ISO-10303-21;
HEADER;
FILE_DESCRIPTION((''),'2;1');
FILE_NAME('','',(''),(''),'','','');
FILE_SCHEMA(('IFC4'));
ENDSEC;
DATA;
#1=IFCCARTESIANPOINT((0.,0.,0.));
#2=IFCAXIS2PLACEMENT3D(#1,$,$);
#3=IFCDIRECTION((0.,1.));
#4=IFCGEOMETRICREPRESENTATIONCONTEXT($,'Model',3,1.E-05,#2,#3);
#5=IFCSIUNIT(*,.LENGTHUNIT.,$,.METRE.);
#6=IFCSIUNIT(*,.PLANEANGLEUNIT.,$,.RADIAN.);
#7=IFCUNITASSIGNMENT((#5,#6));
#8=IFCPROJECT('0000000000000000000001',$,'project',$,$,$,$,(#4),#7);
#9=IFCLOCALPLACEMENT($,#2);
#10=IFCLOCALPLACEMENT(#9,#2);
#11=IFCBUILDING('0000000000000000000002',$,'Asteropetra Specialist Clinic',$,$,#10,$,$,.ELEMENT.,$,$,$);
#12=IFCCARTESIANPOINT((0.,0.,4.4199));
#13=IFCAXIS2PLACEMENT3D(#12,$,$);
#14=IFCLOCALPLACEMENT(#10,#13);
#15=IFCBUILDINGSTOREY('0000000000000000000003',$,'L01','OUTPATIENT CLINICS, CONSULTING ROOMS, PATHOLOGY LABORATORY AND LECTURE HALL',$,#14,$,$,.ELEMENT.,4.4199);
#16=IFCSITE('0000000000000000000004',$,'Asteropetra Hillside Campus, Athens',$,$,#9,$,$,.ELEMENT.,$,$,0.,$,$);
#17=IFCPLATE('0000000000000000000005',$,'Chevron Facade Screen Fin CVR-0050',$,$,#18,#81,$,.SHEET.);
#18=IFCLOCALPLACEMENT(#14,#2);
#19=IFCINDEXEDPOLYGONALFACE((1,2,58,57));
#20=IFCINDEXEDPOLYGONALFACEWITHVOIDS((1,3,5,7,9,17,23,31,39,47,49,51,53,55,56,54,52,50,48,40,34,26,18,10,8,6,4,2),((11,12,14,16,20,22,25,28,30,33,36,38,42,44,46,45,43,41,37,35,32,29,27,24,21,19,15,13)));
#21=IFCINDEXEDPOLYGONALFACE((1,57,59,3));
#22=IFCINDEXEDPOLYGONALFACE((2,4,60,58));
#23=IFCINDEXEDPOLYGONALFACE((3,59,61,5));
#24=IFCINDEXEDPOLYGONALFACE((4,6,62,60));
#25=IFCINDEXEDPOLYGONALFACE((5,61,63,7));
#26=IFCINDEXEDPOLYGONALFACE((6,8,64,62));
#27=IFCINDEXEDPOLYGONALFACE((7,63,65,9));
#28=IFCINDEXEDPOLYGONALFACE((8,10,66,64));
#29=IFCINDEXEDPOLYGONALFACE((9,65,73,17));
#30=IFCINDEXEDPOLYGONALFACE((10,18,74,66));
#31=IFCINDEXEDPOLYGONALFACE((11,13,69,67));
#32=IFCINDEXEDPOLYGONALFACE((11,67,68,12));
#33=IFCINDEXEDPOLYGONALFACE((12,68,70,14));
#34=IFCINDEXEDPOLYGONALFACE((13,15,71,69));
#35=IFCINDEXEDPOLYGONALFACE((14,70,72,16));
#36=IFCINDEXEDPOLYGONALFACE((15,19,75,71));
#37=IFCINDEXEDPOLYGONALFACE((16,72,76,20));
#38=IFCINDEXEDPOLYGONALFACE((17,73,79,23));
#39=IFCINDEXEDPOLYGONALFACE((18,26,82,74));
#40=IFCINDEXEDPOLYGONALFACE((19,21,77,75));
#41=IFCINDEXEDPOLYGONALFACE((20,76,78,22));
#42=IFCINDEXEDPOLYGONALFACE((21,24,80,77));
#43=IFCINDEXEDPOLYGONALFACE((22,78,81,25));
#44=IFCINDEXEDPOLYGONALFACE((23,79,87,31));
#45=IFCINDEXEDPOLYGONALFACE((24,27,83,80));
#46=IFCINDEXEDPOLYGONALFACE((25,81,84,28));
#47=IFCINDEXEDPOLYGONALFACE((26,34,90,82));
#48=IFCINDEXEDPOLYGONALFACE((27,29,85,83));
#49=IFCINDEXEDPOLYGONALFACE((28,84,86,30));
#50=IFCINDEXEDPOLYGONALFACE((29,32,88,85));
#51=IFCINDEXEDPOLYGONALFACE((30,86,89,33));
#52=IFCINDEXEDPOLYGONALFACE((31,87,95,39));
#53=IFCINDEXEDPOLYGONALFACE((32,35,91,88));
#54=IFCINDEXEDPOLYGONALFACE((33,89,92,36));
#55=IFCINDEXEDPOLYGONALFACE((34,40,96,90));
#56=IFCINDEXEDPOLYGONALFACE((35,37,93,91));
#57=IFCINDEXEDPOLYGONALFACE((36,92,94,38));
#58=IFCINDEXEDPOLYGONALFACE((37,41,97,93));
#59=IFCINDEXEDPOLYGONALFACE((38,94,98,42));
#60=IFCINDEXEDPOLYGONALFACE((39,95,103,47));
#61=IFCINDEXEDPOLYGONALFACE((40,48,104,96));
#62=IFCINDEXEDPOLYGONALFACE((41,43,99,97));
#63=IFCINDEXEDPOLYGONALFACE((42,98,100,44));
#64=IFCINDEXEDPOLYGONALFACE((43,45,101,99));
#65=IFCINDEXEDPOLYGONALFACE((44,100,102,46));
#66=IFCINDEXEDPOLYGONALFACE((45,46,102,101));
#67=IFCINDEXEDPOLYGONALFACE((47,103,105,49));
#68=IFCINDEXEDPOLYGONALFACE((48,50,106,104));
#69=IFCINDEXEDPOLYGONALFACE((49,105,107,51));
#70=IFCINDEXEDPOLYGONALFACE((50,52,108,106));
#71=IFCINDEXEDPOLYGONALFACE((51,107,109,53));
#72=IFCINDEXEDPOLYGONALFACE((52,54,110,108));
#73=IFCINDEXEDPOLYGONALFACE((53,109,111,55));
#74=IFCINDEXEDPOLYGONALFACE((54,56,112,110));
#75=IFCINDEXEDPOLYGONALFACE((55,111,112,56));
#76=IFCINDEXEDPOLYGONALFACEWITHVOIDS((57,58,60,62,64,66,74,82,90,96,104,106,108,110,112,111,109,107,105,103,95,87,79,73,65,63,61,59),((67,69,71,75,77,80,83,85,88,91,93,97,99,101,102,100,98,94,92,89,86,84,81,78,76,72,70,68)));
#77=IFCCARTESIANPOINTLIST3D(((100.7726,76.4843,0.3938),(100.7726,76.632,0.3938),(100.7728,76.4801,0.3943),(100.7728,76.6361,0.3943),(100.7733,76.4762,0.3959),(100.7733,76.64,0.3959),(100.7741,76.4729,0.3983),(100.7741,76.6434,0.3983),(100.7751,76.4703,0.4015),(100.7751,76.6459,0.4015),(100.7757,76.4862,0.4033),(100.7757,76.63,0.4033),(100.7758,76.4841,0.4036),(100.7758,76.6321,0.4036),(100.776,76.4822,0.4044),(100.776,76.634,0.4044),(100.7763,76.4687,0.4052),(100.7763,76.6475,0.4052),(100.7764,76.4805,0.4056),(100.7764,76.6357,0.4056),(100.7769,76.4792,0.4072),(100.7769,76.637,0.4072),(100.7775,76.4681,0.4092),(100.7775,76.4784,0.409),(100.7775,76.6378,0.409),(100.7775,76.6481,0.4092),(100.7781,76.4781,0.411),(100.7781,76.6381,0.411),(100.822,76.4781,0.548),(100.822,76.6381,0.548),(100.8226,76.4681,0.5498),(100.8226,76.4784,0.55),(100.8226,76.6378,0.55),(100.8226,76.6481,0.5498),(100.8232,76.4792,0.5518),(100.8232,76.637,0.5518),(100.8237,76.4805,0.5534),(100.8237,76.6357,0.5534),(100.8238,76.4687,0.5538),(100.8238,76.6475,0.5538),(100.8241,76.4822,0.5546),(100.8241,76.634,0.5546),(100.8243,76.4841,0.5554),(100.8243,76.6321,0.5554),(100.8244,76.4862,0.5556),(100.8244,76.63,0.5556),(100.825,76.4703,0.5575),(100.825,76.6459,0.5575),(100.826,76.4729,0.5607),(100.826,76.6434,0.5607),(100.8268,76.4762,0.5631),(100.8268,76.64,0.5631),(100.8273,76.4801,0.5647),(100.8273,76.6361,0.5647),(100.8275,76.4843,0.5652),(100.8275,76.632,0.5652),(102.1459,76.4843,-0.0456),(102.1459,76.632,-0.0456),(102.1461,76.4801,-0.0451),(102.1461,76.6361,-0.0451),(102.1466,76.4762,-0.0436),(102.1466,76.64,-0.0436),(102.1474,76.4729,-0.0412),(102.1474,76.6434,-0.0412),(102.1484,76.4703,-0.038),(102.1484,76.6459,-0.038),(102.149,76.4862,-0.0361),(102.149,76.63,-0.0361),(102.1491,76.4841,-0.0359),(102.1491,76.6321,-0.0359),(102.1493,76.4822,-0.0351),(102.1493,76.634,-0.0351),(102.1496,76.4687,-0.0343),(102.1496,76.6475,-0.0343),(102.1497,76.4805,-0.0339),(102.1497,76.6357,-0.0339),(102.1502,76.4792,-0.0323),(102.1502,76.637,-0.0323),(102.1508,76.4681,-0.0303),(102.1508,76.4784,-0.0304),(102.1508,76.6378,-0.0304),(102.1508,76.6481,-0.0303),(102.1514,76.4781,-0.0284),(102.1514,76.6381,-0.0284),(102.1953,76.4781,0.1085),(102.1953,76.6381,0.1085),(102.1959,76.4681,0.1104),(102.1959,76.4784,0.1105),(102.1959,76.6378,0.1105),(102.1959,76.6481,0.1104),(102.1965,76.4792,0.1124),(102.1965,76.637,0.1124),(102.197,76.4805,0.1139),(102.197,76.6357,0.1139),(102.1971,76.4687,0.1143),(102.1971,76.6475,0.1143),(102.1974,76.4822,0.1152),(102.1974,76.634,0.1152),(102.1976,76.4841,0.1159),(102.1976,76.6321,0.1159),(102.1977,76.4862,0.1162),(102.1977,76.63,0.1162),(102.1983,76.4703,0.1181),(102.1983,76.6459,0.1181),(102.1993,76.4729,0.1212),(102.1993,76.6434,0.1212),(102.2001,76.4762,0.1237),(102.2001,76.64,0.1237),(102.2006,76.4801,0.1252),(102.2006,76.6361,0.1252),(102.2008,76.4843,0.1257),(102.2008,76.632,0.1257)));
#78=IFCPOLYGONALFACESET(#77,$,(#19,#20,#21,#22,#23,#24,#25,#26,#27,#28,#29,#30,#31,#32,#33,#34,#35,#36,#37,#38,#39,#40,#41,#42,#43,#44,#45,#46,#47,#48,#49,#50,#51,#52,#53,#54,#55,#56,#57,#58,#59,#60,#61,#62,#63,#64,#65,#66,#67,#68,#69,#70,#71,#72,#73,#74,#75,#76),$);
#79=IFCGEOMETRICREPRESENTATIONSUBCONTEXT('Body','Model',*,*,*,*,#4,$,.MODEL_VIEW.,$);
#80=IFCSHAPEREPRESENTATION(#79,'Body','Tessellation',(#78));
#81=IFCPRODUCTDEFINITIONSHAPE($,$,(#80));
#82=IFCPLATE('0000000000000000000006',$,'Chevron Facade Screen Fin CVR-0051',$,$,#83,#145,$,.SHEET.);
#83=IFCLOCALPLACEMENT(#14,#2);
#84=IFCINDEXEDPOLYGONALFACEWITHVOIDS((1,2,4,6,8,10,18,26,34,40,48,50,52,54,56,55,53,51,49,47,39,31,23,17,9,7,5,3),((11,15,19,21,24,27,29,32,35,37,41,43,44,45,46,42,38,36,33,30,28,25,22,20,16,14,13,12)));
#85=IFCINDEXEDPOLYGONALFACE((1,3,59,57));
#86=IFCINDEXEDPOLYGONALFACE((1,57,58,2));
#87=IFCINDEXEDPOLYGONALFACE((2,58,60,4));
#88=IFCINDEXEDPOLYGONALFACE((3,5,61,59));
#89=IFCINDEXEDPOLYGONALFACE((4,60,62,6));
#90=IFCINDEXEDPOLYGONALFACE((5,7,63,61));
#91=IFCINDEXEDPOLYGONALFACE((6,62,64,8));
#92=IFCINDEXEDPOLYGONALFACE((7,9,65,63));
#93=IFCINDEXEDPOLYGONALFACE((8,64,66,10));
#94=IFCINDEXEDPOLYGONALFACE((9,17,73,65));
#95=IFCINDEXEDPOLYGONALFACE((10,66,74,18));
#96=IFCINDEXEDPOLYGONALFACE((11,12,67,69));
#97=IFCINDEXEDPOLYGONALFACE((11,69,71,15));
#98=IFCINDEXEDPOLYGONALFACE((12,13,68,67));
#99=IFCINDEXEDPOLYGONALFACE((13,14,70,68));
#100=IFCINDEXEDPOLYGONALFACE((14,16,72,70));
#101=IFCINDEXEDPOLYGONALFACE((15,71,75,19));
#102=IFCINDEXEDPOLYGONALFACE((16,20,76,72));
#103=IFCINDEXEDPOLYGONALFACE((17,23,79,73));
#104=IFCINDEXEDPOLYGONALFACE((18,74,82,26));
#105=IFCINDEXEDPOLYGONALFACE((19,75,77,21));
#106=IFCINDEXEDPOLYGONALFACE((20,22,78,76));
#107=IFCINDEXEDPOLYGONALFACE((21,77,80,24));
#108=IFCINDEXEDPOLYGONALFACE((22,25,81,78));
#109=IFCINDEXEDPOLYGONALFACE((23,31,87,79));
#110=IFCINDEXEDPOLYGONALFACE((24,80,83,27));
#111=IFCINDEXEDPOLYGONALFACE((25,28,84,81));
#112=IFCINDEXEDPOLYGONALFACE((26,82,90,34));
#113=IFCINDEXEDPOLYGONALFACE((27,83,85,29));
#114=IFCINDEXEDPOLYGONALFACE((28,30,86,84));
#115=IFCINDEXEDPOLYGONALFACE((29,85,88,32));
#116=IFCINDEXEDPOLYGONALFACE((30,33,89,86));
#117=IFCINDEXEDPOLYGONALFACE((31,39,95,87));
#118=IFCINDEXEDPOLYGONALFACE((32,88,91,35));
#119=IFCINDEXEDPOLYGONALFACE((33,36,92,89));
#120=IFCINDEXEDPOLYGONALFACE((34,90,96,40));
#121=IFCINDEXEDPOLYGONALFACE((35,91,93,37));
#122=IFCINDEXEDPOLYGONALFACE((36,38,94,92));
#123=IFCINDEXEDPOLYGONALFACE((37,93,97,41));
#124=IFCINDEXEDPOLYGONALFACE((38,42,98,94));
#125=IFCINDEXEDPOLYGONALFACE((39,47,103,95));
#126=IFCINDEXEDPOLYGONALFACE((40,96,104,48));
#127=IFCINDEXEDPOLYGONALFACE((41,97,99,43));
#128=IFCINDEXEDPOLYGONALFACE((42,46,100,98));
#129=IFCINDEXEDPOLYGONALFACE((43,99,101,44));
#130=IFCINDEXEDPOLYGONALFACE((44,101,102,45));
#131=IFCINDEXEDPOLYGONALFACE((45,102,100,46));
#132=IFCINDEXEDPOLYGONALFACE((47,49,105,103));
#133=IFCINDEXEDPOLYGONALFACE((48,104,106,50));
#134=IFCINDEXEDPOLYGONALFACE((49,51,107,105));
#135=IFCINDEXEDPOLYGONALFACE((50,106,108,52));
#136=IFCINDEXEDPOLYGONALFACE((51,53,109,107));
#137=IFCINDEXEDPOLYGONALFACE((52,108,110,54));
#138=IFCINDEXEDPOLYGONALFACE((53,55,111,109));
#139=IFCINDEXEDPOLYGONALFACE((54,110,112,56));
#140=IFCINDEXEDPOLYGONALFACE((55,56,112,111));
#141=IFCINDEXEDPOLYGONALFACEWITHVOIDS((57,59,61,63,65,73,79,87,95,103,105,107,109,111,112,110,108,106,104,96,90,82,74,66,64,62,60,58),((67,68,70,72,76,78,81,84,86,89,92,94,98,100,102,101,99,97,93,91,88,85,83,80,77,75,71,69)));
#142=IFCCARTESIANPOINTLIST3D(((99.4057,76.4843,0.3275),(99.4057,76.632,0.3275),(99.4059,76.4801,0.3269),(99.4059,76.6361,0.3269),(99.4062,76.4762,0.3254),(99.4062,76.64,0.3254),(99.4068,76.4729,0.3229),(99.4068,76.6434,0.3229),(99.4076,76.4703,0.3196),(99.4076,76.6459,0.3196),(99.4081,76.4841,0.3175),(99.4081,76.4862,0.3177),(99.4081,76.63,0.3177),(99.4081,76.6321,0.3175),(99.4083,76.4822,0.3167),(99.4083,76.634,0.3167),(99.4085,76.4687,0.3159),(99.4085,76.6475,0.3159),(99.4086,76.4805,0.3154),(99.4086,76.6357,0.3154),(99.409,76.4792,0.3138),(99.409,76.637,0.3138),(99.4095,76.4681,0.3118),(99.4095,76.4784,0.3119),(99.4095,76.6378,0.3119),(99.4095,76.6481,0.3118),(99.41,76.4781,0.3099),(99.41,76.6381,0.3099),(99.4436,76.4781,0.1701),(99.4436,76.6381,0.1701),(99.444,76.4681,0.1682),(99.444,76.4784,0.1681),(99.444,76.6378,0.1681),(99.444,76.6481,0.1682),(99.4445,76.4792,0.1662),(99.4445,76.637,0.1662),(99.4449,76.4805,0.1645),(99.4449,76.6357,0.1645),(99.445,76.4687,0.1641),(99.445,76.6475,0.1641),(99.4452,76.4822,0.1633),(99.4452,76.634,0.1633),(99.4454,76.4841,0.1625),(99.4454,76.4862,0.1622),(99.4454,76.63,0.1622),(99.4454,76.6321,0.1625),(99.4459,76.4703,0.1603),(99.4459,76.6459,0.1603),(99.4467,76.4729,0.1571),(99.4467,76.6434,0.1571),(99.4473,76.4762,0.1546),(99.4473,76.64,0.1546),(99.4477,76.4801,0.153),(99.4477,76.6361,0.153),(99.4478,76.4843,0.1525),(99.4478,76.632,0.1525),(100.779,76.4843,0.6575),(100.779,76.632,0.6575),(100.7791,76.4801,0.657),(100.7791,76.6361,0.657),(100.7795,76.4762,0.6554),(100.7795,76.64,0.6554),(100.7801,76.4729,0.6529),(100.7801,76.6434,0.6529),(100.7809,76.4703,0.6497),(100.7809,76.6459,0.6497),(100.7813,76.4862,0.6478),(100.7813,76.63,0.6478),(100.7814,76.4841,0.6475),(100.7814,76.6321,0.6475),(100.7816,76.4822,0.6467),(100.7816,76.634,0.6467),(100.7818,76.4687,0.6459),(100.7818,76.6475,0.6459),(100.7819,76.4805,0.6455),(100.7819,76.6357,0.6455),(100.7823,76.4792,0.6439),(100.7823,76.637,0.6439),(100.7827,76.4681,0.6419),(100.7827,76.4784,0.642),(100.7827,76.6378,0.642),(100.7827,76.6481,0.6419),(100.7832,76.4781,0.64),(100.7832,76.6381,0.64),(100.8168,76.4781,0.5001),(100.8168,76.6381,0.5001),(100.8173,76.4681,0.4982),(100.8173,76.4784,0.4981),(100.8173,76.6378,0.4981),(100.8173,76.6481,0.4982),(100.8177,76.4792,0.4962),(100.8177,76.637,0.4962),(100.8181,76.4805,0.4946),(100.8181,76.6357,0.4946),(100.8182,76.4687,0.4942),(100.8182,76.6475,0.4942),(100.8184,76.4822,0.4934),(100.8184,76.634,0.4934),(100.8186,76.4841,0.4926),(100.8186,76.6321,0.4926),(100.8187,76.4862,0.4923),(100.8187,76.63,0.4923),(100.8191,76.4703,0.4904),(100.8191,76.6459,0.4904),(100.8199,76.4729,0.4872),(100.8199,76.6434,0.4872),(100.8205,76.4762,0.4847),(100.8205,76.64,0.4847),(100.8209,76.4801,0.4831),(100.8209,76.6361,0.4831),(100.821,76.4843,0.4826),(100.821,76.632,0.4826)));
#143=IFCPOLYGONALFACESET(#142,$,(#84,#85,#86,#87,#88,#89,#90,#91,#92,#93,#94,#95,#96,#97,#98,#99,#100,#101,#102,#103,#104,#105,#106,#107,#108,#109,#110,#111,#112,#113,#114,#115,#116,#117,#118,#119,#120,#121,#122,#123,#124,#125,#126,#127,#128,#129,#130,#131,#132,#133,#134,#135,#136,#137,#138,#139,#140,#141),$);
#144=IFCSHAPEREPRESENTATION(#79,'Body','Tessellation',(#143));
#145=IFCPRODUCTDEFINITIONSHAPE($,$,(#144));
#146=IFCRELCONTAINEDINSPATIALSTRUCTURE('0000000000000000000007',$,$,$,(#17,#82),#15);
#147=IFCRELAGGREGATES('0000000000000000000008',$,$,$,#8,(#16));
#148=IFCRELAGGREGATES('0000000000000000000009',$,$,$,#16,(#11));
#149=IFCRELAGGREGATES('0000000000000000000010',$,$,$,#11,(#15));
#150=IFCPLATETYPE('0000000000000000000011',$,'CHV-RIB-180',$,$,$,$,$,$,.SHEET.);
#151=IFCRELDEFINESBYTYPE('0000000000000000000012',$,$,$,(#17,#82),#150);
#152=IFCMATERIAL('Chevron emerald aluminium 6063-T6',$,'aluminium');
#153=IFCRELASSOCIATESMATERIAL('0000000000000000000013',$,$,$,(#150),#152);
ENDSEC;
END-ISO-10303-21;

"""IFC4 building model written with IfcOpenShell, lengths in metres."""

from ifc_helpers import new_model, si_unit, direction, frame, origin, origin_2d, place, context, subcontext, project, spatial, hollow_rectangle, extrude, material, material_profile, profile_set, type_object, element, save


model = new_model("IFC4")

# Units and contexts
model_context = context("Model", 3, precision=1e-05, world=origin(), true_north=direction((0.0, 1.0)))
body_context = subcontext(model_context, "Body", "Model", "MODEL_VIEW")
ifc_project = project(units=[si_unit("LENGTHUNIT", "METRE"), si_unit("PLANEANGLEUNIT", "RADIAN")], contexts=[model_context])

# Site, building, storey
site_placement = place(None, origin())
site = spatial("IfcSite", under=ifc_project, at=site_placement, Name="Asteropetra Hillside Campus, Athens", CompositionType="ELEMENT", RefElevation=0.0)
building_placement = place(site_placement, origin())
building = spatial("IfcBuilding", under=site, at=building_placement, Name="Asteropetra Specialist Clinic", CompositionType="ELEMENT")
storey_placement = place(building_placement, frame((0.0, 0.0, 4.4199)))
storey = spatial("IfcBuildingStorey", under=building, at=storey_placement, Name="L01", Description="OUTPATIENT CLINICS, CONSULTING ROOMS, PATHOLOGY LABORATORY AND LECTURE HALL", CompositionType="ELEMENT", Elevation=4.4199)

# Plates
ifc_material_1 = material(Name="Chevron emerald aluminium 6063-T6", Category="aluminium")
ifc_material_profile_1 = material_profile(ifc_material_1, hollow_rectangle(XDim=0.1799, YDim=0.1799, WallThickness=0.01, InnerFilletRadius=0.0081, OuterFilletRadius=0.0161, at=origin_2d()), Name="SHS 180x180x10.0")
ifc_profile_set_1 = profile_set([ifc_material_profile_1], Name="Chevron emerald aluminium 6063-T6")
plate_type = type_object("IfcPlateType", Name="CHV-RIB-180", PredefinedType="SHEET", material=ifc_profile_set_1)
for number, where, z_axis, x_axis, name in (
    (1, (100.8, 76.5581, 0.4795), (0.952424, 0.0, -0.304776), (0.0, 1.0, 0.0), "Chevron Facade Screen Fin CVR-0050"),
):
    element("IfcPlate", number, at=place(storey_placement, frame(where, z_axis=z_axis, x_axis=x_axis)), inside=storey, type_object=plate_type, Name=name, PredefinedType="SHEET", context=body_context, shape_type="SweptSolid", body=[
        extrude(hollow_rectangle(XDim=0.1799, YDim=0.1799, WallThickness=0.01, InnerFilletRadius=0.0081, OuterFilletRadius=0.0161, at=origin_2d()), origin(), (0.0, 0.0, 1.0), 1.4419),
    ])
for number, where, z_axis, x_axis, name in (
    (2, (99.4268, 76.5581, 0.24), (0.972309, 0.0, 0.2337), (0.0, 1.0, 0.0), "Chevron Facade Screen Fin CVR-0051"),
):
    element("IfcPlate", number, at=place(storey_placement, frame(where, z_axis=z_axis, x_axis=x_axis)), inside=storey, type_object=plate_type, Name=name, PredefinedType="SHEET", context=body_context, shape_type="SweptSolid", body=[
        extrude(hollow_rectangle(XDim=0.1799, YDim=0.1799, WallThickness=0.01, InnerFilletRadius=0.0081, OuterFilletRadius=0.0161, at=origin_2d()), origin(), (0.0, 0.0, 1.0), 1.4124),
    ])

save(model, "model.ifc")
